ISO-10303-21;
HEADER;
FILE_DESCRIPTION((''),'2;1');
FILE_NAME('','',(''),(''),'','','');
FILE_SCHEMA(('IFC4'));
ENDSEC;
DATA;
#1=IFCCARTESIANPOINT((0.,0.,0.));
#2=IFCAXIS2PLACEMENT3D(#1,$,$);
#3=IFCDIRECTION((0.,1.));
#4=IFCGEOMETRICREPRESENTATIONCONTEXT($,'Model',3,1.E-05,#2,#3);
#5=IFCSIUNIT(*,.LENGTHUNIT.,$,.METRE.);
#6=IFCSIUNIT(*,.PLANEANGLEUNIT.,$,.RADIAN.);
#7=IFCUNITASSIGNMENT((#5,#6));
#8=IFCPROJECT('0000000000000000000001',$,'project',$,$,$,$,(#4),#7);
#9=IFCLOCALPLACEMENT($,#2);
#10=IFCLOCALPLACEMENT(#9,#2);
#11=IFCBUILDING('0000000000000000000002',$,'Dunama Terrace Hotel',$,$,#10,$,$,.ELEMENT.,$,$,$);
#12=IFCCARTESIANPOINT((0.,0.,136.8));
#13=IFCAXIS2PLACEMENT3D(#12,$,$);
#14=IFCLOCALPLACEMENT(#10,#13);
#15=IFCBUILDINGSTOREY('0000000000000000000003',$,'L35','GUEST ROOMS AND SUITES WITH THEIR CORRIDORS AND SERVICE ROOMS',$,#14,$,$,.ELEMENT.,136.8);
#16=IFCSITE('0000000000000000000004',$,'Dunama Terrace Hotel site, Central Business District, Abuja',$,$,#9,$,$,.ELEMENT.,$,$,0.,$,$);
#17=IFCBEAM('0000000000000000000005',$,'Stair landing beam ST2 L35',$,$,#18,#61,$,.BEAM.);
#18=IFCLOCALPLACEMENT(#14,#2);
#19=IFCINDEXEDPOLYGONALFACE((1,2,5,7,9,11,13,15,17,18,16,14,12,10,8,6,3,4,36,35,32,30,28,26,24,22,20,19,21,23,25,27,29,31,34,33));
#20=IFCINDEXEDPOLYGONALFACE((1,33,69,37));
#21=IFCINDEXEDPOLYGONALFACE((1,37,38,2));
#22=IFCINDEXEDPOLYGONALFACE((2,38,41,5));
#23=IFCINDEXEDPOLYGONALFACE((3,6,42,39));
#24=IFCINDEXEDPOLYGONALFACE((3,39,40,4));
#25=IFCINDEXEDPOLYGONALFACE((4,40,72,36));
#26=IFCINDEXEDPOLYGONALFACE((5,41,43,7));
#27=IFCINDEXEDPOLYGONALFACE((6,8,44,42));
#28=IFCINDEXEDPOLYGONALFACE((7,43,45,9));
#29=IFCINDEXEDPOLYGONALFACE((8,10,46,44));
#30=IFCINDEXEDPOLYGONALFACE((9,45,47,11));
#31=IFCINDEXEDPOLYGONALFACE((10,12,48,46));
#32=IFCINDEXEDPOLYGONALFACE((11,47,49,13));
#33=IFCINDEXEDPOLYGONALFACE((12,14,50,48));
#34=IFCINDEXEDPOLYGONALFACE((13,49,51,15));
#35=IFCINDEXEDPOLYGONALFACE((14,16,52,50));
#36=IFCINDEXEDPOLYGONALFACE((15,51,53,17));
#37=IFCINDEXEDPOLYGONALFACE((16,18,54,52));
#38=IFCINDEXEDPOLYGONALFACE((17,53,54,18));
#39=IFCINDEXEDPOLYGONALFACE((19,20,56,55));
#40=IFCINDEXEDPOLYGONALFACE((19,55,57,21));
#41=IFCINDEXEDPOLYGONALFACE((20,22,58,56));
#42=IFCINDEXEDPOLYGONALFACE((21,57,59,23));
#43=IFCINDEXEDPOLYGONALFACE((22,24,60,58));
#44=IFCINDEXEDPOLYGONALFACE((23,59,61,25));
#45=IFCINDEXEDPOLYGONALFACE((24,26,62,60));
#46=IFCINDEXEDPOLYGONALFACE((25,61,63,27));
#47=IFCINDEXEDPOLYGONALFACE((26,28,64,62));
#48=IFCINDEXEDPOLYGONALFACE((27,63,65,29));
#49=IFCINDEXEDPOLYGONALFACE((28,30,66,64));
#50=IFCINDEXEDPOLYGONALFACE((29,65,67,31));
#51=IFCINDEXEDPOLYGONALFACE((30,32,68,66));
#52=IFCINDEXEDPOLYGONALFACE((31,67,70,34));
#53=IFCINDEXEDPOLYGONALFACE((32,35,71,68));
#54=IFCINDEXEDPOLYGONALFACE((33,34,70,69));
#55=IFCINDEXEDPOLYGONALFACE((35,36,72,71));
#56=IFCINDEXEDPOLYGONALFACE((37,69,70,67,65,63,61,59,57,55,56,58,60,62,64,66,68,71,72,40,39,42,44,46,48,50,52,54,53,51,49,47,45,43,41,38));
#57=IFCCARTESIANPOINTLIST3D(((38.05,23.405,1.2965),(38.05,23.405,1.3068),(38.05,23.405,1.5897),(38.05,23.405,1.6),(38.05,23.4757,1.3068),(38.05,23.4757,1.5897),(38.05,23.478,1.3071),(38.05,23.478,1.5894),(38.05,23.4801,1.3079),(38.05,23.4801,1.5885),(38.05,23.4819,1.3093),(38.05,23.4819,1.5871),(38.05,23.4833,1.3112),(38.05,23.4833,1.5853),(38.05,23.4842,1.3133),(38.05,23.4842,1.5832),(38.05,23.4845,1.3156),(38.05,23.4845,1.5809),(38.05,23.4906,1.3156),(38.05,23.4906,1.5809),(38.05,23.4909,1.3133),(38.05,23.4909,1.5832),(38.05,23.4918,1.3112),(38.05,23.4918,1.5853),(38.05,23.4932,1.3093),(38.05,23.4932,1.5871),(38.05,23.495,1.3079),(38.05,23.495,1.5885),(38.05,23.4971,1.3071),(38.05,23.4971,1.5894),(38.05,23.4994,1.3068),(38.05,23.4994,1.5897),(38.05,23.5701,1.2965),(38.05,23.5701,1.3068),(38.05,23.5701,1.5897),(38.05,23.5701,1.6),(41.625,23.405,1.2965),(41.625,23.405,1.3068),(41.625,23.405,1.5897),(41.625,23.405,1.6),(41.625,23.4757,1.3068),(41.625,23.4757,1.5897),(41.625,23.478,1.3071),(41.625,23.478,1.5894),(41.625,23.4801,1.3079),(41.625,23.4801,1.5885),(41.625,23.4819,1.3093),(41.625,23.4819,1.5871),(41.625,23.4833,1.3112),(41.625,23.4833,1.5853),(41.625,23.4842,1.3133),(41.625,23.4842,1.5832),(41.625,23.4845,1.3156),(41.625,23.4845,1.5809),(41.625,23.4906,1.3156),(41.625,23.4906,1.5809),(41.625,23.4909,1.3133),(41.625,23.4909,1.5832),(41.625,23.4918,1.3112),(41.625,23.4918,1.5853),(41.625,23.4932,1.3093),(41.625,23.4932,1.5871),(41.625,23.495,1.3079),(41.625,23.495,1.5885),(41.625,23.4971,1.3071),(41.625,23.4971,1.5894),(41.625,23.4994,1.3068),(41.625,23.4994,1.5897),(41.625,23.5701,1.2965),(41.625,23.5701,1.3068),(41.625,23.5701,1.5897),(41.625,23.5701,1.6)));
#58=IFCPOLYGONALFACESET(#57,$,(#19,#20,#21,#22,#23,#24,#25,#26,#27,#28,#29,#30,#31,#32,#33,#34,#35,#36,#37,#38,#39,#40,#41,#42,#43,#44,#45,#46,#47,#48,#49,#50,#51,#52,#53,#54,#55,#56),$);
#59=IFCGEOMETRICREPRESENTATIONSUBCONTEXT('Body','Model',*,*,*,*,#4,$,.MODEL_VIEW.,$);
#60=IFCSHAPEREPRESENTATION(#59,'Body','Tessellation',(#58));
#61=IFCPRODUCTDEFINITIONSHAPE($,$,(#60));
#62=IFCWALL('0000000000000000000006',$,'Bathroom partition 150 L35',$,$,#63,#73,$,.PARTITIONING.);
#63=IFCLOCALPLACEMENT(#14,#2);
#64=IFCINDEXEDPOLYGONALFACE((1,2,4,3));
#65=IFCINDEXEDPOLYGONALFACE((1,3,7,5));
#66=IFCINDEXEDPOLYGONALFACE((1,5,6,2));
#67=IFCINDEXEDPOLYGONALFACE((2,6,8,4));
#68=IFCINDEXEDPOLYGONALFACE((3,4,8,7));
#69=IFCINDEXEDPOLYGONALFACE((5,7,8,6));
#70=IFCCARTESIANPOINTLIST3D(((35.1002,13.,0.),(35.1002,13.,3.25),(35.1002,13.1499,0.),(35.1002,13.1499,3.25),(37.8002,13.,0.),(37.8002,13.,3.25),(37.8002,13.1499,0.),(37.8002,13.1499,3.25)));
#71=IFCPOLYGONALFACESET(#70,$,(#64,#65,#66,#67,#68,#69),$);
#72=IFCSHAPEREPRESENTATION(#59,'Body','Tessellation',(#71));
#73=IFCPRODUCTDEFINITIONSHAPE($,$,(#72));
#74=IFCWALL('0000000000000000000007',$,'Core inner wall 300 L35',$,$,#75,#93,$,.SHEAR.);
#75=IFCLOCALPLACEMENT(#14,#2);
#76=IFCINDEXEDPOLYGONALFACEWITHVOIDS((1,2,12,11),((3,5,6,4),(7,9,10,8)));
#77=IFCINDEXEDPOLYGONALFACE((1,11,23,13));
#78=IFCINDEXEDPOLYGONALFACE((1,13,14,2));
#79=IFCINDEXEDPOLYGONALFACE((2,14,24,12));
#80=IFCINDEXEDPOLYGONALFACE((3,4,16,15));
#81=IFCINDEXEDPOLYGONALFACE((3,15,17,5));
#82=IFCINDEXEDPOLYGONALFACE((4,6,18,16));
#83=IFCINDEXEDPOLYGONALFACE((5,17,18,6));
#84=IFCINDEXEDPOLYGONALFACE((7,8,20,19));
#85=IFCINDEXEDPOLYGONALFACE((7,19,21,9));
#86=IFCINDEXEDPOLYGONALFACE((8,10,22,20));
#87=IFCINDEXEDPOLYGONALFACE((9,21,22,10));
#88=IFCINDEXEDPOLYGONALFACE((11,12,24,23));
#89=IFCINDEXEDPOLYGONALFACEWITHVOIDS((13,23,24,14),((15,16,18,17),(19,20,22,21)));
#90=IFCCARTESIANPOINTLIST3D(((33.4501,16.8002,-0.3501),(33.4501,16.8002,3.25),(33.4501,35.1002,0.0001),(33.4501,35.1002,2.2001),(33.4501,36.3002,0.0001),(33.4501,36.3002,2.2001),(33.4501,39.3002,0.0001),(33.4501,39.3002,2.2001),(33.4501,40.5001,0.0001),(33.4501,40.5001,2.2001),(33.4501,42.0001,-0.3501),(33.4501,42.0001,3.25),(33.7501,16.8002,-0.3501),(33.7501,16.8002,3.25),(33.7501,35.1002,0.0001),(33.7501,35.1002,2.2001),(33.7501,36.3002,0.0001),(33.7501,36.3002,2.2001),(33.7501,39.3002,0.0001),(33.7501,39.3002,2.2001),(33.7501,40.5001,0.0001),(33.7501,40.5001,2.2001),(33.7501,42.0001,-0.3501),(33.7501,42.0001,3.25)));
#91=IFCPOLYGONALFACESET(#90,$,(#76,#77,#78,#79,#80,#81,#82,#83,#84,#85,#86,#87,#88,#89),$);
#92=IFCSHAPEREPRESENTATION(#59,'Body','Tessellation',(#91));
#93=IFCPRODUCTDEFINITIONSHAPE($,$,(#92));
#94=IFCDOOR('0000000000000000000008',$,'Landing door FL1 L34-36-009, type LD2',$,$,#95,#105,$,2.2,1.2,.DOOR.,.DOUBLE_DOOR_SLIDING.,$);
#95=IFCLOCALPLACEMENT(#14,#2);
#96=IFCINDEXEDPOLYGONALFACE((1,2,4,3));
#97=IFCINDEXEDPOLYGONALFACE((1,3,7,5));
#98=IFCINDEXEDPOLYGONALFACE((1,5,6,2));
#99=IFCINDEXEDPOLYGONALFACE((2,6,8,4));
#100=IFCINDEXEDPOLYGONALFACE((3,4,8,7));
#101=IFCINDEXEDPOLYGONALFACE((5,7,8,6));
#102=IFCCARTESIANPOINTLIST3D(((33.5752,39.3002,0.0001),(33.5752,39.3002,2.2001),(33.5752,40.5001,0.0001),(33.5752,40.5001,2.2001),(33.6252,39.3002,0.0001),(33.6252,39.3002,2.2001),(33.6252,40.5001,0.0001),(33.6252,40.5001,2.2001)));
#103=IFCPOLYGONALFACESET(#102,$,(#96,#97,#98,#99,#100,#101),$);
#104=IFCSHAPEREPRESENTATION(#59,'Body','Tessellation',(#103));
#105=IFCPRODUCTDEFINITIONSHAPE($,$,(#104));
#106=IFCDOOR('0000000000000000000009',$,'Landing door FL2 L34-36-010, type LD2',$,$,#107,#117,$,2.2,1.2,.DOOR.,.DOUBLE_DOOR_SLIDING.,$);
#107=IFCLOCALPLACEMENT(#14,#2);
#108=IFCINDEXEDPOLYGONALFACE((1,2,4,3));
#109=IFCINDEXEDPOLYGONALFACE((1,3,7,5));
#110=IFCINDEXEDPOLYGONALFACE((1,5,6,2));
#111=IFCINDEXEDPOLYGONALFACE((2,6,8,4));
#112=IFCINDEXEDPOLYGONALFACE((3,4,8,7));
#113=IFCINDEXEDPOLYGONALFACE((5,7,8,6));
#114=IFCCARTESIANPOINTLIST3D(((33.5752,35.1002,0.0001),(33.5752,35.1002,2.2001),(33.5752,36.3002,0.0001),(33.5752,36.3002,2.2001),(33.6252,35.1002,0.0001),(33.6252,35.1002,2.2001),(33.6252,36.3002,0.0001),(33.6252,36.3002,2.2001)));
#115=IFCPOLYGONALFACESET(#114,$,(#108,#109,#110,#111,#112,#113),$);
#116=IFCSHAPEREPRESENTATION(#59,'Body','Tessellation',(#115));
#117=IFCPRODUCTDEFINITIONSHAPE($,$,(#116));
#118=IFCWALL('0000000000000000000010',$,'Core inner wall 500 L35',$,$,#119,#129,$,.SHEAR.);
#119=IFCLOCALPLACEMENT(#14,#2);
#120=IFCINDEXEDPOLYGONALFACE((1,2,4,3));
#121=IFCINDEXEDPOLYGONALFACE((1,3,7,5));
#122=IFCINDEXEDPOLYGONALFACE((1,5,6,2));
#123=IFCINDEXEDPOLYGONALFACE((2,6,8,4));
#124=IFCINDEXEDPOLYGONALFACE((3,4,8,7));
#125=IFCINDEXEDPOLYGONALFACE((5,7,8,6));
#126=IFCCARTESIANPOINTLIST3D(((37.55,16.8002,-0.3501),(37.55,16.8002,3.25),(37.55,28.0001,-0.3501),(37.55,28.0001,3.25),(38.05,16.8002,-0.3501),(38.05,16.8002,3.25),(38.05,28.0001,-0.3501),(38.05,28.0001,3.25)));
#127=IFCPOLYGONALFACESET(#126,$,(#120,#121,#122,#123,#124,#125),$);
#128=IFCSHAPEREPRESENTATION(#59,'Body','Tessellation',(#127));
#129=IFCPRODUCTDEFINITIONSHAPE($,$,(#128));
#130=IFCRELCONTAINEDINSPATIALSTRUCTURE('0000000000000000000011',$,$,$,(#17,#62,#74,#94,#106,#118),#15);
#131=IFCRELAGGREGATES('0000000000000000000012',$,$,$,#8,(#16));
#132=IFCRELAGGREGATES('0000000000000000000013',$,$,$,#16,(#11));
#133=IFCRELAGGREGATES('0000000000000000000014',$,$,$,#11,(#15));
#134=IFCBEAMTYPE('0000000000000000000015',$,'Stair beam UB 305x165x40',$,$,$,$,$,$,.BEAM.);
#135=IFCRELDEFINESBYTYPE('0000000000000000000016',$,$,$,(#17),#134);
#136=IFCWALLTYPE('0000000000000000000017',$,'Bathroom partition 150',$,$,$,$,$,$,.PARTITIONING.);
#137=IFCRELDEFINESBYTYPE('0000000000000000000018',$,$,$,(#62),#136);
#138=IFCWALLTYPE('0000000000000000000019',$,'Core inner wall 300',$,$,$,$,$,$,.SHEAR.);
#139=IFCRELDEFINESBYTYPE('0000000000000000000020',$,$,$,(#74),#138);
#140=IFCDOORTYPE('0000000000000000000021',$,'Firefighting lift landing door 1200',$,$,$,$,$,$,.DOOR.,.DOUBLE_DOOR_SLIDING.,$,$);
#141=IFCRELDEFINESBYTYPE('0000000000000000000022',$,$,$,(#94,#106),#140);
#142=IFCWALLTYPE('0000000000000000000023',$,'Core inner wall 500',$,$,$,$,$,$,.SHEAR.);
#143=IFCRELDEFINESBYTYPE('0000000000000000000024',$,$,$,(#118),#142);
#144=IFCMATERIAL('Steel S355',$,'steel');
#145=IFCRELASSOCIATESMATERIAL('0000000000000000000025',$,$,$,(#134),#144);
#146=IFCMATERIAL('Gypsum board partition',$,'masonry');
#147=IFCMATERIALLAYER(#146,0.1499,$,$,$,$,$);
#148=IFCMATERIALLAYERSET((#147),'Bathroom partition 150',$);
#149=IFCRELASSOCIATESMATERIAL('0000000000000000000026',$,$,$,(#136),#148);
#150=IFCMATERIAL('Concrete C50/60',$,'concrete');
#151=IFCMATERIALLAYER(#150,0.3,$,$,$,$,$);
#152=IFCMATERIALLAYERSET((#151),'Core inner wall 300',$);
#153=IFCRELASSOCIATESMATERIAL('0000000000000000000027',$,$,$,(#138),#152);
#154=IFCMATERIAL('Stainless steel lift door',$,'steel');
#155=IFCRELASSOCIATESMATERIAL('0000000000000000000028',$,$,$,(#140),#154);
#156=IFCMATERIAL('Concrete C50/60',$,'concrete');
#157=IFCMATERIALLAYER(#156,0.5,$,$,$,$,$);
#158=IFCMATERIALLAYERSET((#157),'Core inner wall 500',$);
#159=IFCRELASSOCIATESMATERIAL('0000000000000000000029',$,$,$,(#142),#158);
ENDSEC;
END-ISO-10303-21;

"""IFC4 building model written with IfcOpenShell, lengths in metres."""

from ifc_helpers import new_model, si_unit, direction, frame, frame_2d, origin, origin_2d, place, context, subcontext, project, spatial, rectangle, i_section, extrude, material, layer, layer_set, material_profile, profile_set, type_object, element, fill, save


model = new_model("IFC4")

# Units and contexts
model_context = context("Model", 3, precision=1e-05, world=origin(), true_north=direction((0.0, 1.0)))
body_context = subcontext(model_context, "Body", "Model", "MODEL_VIEW")
ifc_project = project(units=[si_unit("LENGTHUNIT", "METRE"), si_unit("PLANEANGLEUNIT", "RADIAN")], contexts=[model_context])

# Site, building, storey
site_placement = place(None, origin())
site = spatial("IfcSite", under=ifc_project, at=site_placement, Name="Dunama Terrace Hotel site, Central Business District, Abuja", CompositionType="ELEMENT", RefElevation=0.0)
building_placement = place(site_placement, origin())
building = spatial("IfcBuilding", under=site, at=building_placement, Name="Dunama Terrace Hotel", CompositionType="ELEMENT")
storey_placement = place(building_placement, frame((0.0, 0.0, 136.8)))
storey = spatial("IfcBuildingStorey", under=building, at=storey_placement, Name="L35", Description="GUEST ROOMS AND SUITES WITH THEIR CORRIDORS AND SERVICE ROOMS", CompositionType="ELEMENT", Elevation=136.8)

# Beam
ifc_material_1 = material(Name="Steel S355", Category="steel")
ifc_material_profile = material_profile(ifc_material_1, i_section(OverallWidth=0.165, OverallDepth=0.3035, WebThickness=0.0061, FlangeThickness=0.0103, FilletRadius=0.0088, at=origin_2d()), Name="UB 305x165x40")
ifc_profile_set = profile_set([ifc_material_profile], Name="Steel S355")
beam_type = type_object("IfcBeamType", Name="Stair beam UB 305x165x40", PredefinedType="BEAM", material=ifc_profile_set)
beam_placement = place(storey_placement, frame((38.05, 23.4875, 1.4482), z_axis=(1.0, 0.0, 0.0), x_axis=(0.0, 1.0, 0.0)))
element("IfcBeam", 1, at=beam_placement, inside=storey, type_object=beam_type, Name="Stair landing beam ST2 L35", PredefinedType="BEAM", context=body_context, shape_type="SweptSolid", body=[
    extrude(i_section(OverallWidth=0.165, OverallDepth=0.3035, WebThickness=0.0061, FlangeThickness=0.0103, FilletRadius=0.0088, at=origin_2d()), origin(), (0.0, 0.0, 1.0), 3.575),
])

# Wall
ifc_material_2 = material(Name="Gypsum board partition", Category="masonry")
ifc_layer_1 = layer(ifc_material_2, 0.1499)
ifc_layer_set_1 = layer_set([ifc_layer_1], Name="Bathroom partition 150")
wall_type_1 = type_object("IfcWallType", Name="Bathroom partition 150", PredefinedType="PARTITIONING", material=ifc_layer_set_1)
wall_1_placement = place(storey_placement, frame((35.1001, 13.075, 0.0), z_axis=(0.0, 0.0, 1.0), x_axis=(1.0, 0.0, 0.0)))
element("IfcWall", 2, at=wall_1_placement, inside=storey, type_object=wall_type_1, Name="Bathroom partition 150 L35", PredefinedType="PARTITIONING", context=body_context, shape_type="SweptSolid", body=[
    extrude(rectangle(XDim=2.7, YDim=0.1499, at=frame_2d((1.3501, 0.0))), origin(), (0.0, 0.0, 1.0), 3.25),
])

# Wall, openings, doors
ifc_material_3 = material(Name="Concrete C50/60", Category="concrete")
ifc_layer_2 = layer(ifc_material_3, 0.3)
ifc_layer_set_2 = layer_set([ifc_layer_2], Name="Core inner wall 300")
wall_type_2 = type_object("IfcWallType", Name="Core inner wall 300", PredefinedType="SHEAR", material=ifc_layer_set_2)
wall_2_placement = place(storey_placement, frame((33.6001, 16.8, -0.3501), z_axis=(0.0, 0.0, 1.0), x_axis=(0.0, 1.0, 0.0)))
wall_2 = element("IfcWall", 3, at=wall_2_placement, inside=storey, type_object=wall_type_2, Name="Core inner wall 300 L35", PredefinedType="SHEAR", context=body_context, shape_type="SweptSolid", body=[
    extrude(rectangle(XDim=25.2, YDim=0.3, at=frame_2d((12.6001, 0.0))), origin(), (0.0, 0.0, 1.0), 3.6001),
])
opening_1_placement = place(wall_2_placement, frame((22.5, 0.0, 0.3501)))
opening_1 = element("IfcOpeningElement", 4, at=opening_1_placement, cuts=wall_2, PredefinedType="OPENING", context=body_context, shape_type="SweptSolid", body=[
    extrude(rectangle(XDim=1.2, YDim=2.2, at=frame_2d((0.6001, 1.1001))), frame((0.0, 0.1599, 0.0), z_axis=(0.0, -1.0, 0.0), x_axis=(1.0, 0.0, 0.0)), (0.0, 0.0, 1.0), 0.3201),
])
opening_2_placement = place(wall_2_placement, frame((18.3, 0.0, 0.3501)))
opening_2 = element("IfcOpeningElement", 5, at=opening_2_placement, cuts=wall_2, PredefinedType="OPENING", context=body_context, shape_type="SweptSolid", body=[
    extrude(rectangle(XDim=1.2, YDim=2.2, at=frame_2d((0.6001, 1.1001))), frame((0.0, 0.1599, 0.0), z_axis=(0.0, -1.0, 0.0), x_axis=(1.0, 0.0, 0.0)), (0.0, 0.0, 1.0), 0.3201),
])
ifc_material_4 = material(Name="Stainless steel lift door", Category="steel")
door_type_1 = type_object("IfcDoorType", Name="Firefighting lift landing door 1200", OperationType="DOUBLE_DOOR_SLIDING", PredefinedType="DOOR", material=ifc_material_4)
door_1_placement = place(opening_1_placement, origin())
door_1 = element("IfcDoor", 6, at=door_1_placement, inside=storey, type_object=door_type_1, Name="Landing door FL1 L34-36-009, type LD2", OperationType="DOUBLE_DOOR_SLIDING", OverallHeight=2.2, OverallWidth=1.2, PredefinedType="DOOR", context=body_context, shape_type="SweptSolid", body=[
    extrude(rectangle(XDim=1.2, YDim=2.2, at=frame_2d((0.6001, 1.1001))), frame((0.0, 0.0249, 0.0), z_axis=(0.0, -1.0, 0.0), x_axis=(1.0, 0.0, 0.0)), (0.0, 0.0, 1.0), 0.05),
])
fill(opening_1, door_1)
door_2_placement = place(opening_2_placement, origin())
door_2 = element("IfcDoor", 7, at=door_2_placement, inside=storey, type_object=door_type_1, Name="Landing door FL2 L34-36-010, type LD2", OperationType="DOUBLE_DOOR_SLIDING", OverallHeight=2.2, OverallWidth=1.2, PredefinedType="DOOR", context=body_context, shape_type="SweptSolid", body=[
    extrude(rectangle(XDim=1.2, YDim=2.2, at=frame_2d((0.6001, 1.1001))), frame((0.0, 0.0249, 0.0), z_axis=(0.0, -1.0, 0.0), x_axis=(1.0, 0.0, 0.0)), (0.0, 0.0, 1.0), 0.05),
])
fill(opening_2, door_2)

# Wall
ifc_material_5 = material(Name="Concrete C50/60", Category="concrete")
ifc_layer_3 = layer(ifc_material_5, 0.5)
ifc_layer_set_3 = layer_set([ifc_layer_3], Name="Core inner wall 500")
wall_type_3 = type_object("IfcWallType", Name="Core inner wall 500", PredefinedType="SHEAR", material=ifc_layer_set_3)
wall_3_placement = place(storey_placement, frame((37.8, 16.8, -0.3501), z_axis=(0.0, 0.0, 1.0), x_axis=(0.0, 1.0, 0.0)))
element("IfcWall", 8, at=wall_3_placement, inside=storey, type_object=wall_type_3, Name="Core inner wall 500 L35", PredefinedType="SHEAR", context=body_context, shape_type="SweptSolid", body=[
    extrude(rectangle(XDim=11.2, YDim=0.5, at=frame_2d((5.6001, 0.0))), origin(), (0.0, 0.0, 1.0), 3.6001),
])

save(model, "model.ifc")
